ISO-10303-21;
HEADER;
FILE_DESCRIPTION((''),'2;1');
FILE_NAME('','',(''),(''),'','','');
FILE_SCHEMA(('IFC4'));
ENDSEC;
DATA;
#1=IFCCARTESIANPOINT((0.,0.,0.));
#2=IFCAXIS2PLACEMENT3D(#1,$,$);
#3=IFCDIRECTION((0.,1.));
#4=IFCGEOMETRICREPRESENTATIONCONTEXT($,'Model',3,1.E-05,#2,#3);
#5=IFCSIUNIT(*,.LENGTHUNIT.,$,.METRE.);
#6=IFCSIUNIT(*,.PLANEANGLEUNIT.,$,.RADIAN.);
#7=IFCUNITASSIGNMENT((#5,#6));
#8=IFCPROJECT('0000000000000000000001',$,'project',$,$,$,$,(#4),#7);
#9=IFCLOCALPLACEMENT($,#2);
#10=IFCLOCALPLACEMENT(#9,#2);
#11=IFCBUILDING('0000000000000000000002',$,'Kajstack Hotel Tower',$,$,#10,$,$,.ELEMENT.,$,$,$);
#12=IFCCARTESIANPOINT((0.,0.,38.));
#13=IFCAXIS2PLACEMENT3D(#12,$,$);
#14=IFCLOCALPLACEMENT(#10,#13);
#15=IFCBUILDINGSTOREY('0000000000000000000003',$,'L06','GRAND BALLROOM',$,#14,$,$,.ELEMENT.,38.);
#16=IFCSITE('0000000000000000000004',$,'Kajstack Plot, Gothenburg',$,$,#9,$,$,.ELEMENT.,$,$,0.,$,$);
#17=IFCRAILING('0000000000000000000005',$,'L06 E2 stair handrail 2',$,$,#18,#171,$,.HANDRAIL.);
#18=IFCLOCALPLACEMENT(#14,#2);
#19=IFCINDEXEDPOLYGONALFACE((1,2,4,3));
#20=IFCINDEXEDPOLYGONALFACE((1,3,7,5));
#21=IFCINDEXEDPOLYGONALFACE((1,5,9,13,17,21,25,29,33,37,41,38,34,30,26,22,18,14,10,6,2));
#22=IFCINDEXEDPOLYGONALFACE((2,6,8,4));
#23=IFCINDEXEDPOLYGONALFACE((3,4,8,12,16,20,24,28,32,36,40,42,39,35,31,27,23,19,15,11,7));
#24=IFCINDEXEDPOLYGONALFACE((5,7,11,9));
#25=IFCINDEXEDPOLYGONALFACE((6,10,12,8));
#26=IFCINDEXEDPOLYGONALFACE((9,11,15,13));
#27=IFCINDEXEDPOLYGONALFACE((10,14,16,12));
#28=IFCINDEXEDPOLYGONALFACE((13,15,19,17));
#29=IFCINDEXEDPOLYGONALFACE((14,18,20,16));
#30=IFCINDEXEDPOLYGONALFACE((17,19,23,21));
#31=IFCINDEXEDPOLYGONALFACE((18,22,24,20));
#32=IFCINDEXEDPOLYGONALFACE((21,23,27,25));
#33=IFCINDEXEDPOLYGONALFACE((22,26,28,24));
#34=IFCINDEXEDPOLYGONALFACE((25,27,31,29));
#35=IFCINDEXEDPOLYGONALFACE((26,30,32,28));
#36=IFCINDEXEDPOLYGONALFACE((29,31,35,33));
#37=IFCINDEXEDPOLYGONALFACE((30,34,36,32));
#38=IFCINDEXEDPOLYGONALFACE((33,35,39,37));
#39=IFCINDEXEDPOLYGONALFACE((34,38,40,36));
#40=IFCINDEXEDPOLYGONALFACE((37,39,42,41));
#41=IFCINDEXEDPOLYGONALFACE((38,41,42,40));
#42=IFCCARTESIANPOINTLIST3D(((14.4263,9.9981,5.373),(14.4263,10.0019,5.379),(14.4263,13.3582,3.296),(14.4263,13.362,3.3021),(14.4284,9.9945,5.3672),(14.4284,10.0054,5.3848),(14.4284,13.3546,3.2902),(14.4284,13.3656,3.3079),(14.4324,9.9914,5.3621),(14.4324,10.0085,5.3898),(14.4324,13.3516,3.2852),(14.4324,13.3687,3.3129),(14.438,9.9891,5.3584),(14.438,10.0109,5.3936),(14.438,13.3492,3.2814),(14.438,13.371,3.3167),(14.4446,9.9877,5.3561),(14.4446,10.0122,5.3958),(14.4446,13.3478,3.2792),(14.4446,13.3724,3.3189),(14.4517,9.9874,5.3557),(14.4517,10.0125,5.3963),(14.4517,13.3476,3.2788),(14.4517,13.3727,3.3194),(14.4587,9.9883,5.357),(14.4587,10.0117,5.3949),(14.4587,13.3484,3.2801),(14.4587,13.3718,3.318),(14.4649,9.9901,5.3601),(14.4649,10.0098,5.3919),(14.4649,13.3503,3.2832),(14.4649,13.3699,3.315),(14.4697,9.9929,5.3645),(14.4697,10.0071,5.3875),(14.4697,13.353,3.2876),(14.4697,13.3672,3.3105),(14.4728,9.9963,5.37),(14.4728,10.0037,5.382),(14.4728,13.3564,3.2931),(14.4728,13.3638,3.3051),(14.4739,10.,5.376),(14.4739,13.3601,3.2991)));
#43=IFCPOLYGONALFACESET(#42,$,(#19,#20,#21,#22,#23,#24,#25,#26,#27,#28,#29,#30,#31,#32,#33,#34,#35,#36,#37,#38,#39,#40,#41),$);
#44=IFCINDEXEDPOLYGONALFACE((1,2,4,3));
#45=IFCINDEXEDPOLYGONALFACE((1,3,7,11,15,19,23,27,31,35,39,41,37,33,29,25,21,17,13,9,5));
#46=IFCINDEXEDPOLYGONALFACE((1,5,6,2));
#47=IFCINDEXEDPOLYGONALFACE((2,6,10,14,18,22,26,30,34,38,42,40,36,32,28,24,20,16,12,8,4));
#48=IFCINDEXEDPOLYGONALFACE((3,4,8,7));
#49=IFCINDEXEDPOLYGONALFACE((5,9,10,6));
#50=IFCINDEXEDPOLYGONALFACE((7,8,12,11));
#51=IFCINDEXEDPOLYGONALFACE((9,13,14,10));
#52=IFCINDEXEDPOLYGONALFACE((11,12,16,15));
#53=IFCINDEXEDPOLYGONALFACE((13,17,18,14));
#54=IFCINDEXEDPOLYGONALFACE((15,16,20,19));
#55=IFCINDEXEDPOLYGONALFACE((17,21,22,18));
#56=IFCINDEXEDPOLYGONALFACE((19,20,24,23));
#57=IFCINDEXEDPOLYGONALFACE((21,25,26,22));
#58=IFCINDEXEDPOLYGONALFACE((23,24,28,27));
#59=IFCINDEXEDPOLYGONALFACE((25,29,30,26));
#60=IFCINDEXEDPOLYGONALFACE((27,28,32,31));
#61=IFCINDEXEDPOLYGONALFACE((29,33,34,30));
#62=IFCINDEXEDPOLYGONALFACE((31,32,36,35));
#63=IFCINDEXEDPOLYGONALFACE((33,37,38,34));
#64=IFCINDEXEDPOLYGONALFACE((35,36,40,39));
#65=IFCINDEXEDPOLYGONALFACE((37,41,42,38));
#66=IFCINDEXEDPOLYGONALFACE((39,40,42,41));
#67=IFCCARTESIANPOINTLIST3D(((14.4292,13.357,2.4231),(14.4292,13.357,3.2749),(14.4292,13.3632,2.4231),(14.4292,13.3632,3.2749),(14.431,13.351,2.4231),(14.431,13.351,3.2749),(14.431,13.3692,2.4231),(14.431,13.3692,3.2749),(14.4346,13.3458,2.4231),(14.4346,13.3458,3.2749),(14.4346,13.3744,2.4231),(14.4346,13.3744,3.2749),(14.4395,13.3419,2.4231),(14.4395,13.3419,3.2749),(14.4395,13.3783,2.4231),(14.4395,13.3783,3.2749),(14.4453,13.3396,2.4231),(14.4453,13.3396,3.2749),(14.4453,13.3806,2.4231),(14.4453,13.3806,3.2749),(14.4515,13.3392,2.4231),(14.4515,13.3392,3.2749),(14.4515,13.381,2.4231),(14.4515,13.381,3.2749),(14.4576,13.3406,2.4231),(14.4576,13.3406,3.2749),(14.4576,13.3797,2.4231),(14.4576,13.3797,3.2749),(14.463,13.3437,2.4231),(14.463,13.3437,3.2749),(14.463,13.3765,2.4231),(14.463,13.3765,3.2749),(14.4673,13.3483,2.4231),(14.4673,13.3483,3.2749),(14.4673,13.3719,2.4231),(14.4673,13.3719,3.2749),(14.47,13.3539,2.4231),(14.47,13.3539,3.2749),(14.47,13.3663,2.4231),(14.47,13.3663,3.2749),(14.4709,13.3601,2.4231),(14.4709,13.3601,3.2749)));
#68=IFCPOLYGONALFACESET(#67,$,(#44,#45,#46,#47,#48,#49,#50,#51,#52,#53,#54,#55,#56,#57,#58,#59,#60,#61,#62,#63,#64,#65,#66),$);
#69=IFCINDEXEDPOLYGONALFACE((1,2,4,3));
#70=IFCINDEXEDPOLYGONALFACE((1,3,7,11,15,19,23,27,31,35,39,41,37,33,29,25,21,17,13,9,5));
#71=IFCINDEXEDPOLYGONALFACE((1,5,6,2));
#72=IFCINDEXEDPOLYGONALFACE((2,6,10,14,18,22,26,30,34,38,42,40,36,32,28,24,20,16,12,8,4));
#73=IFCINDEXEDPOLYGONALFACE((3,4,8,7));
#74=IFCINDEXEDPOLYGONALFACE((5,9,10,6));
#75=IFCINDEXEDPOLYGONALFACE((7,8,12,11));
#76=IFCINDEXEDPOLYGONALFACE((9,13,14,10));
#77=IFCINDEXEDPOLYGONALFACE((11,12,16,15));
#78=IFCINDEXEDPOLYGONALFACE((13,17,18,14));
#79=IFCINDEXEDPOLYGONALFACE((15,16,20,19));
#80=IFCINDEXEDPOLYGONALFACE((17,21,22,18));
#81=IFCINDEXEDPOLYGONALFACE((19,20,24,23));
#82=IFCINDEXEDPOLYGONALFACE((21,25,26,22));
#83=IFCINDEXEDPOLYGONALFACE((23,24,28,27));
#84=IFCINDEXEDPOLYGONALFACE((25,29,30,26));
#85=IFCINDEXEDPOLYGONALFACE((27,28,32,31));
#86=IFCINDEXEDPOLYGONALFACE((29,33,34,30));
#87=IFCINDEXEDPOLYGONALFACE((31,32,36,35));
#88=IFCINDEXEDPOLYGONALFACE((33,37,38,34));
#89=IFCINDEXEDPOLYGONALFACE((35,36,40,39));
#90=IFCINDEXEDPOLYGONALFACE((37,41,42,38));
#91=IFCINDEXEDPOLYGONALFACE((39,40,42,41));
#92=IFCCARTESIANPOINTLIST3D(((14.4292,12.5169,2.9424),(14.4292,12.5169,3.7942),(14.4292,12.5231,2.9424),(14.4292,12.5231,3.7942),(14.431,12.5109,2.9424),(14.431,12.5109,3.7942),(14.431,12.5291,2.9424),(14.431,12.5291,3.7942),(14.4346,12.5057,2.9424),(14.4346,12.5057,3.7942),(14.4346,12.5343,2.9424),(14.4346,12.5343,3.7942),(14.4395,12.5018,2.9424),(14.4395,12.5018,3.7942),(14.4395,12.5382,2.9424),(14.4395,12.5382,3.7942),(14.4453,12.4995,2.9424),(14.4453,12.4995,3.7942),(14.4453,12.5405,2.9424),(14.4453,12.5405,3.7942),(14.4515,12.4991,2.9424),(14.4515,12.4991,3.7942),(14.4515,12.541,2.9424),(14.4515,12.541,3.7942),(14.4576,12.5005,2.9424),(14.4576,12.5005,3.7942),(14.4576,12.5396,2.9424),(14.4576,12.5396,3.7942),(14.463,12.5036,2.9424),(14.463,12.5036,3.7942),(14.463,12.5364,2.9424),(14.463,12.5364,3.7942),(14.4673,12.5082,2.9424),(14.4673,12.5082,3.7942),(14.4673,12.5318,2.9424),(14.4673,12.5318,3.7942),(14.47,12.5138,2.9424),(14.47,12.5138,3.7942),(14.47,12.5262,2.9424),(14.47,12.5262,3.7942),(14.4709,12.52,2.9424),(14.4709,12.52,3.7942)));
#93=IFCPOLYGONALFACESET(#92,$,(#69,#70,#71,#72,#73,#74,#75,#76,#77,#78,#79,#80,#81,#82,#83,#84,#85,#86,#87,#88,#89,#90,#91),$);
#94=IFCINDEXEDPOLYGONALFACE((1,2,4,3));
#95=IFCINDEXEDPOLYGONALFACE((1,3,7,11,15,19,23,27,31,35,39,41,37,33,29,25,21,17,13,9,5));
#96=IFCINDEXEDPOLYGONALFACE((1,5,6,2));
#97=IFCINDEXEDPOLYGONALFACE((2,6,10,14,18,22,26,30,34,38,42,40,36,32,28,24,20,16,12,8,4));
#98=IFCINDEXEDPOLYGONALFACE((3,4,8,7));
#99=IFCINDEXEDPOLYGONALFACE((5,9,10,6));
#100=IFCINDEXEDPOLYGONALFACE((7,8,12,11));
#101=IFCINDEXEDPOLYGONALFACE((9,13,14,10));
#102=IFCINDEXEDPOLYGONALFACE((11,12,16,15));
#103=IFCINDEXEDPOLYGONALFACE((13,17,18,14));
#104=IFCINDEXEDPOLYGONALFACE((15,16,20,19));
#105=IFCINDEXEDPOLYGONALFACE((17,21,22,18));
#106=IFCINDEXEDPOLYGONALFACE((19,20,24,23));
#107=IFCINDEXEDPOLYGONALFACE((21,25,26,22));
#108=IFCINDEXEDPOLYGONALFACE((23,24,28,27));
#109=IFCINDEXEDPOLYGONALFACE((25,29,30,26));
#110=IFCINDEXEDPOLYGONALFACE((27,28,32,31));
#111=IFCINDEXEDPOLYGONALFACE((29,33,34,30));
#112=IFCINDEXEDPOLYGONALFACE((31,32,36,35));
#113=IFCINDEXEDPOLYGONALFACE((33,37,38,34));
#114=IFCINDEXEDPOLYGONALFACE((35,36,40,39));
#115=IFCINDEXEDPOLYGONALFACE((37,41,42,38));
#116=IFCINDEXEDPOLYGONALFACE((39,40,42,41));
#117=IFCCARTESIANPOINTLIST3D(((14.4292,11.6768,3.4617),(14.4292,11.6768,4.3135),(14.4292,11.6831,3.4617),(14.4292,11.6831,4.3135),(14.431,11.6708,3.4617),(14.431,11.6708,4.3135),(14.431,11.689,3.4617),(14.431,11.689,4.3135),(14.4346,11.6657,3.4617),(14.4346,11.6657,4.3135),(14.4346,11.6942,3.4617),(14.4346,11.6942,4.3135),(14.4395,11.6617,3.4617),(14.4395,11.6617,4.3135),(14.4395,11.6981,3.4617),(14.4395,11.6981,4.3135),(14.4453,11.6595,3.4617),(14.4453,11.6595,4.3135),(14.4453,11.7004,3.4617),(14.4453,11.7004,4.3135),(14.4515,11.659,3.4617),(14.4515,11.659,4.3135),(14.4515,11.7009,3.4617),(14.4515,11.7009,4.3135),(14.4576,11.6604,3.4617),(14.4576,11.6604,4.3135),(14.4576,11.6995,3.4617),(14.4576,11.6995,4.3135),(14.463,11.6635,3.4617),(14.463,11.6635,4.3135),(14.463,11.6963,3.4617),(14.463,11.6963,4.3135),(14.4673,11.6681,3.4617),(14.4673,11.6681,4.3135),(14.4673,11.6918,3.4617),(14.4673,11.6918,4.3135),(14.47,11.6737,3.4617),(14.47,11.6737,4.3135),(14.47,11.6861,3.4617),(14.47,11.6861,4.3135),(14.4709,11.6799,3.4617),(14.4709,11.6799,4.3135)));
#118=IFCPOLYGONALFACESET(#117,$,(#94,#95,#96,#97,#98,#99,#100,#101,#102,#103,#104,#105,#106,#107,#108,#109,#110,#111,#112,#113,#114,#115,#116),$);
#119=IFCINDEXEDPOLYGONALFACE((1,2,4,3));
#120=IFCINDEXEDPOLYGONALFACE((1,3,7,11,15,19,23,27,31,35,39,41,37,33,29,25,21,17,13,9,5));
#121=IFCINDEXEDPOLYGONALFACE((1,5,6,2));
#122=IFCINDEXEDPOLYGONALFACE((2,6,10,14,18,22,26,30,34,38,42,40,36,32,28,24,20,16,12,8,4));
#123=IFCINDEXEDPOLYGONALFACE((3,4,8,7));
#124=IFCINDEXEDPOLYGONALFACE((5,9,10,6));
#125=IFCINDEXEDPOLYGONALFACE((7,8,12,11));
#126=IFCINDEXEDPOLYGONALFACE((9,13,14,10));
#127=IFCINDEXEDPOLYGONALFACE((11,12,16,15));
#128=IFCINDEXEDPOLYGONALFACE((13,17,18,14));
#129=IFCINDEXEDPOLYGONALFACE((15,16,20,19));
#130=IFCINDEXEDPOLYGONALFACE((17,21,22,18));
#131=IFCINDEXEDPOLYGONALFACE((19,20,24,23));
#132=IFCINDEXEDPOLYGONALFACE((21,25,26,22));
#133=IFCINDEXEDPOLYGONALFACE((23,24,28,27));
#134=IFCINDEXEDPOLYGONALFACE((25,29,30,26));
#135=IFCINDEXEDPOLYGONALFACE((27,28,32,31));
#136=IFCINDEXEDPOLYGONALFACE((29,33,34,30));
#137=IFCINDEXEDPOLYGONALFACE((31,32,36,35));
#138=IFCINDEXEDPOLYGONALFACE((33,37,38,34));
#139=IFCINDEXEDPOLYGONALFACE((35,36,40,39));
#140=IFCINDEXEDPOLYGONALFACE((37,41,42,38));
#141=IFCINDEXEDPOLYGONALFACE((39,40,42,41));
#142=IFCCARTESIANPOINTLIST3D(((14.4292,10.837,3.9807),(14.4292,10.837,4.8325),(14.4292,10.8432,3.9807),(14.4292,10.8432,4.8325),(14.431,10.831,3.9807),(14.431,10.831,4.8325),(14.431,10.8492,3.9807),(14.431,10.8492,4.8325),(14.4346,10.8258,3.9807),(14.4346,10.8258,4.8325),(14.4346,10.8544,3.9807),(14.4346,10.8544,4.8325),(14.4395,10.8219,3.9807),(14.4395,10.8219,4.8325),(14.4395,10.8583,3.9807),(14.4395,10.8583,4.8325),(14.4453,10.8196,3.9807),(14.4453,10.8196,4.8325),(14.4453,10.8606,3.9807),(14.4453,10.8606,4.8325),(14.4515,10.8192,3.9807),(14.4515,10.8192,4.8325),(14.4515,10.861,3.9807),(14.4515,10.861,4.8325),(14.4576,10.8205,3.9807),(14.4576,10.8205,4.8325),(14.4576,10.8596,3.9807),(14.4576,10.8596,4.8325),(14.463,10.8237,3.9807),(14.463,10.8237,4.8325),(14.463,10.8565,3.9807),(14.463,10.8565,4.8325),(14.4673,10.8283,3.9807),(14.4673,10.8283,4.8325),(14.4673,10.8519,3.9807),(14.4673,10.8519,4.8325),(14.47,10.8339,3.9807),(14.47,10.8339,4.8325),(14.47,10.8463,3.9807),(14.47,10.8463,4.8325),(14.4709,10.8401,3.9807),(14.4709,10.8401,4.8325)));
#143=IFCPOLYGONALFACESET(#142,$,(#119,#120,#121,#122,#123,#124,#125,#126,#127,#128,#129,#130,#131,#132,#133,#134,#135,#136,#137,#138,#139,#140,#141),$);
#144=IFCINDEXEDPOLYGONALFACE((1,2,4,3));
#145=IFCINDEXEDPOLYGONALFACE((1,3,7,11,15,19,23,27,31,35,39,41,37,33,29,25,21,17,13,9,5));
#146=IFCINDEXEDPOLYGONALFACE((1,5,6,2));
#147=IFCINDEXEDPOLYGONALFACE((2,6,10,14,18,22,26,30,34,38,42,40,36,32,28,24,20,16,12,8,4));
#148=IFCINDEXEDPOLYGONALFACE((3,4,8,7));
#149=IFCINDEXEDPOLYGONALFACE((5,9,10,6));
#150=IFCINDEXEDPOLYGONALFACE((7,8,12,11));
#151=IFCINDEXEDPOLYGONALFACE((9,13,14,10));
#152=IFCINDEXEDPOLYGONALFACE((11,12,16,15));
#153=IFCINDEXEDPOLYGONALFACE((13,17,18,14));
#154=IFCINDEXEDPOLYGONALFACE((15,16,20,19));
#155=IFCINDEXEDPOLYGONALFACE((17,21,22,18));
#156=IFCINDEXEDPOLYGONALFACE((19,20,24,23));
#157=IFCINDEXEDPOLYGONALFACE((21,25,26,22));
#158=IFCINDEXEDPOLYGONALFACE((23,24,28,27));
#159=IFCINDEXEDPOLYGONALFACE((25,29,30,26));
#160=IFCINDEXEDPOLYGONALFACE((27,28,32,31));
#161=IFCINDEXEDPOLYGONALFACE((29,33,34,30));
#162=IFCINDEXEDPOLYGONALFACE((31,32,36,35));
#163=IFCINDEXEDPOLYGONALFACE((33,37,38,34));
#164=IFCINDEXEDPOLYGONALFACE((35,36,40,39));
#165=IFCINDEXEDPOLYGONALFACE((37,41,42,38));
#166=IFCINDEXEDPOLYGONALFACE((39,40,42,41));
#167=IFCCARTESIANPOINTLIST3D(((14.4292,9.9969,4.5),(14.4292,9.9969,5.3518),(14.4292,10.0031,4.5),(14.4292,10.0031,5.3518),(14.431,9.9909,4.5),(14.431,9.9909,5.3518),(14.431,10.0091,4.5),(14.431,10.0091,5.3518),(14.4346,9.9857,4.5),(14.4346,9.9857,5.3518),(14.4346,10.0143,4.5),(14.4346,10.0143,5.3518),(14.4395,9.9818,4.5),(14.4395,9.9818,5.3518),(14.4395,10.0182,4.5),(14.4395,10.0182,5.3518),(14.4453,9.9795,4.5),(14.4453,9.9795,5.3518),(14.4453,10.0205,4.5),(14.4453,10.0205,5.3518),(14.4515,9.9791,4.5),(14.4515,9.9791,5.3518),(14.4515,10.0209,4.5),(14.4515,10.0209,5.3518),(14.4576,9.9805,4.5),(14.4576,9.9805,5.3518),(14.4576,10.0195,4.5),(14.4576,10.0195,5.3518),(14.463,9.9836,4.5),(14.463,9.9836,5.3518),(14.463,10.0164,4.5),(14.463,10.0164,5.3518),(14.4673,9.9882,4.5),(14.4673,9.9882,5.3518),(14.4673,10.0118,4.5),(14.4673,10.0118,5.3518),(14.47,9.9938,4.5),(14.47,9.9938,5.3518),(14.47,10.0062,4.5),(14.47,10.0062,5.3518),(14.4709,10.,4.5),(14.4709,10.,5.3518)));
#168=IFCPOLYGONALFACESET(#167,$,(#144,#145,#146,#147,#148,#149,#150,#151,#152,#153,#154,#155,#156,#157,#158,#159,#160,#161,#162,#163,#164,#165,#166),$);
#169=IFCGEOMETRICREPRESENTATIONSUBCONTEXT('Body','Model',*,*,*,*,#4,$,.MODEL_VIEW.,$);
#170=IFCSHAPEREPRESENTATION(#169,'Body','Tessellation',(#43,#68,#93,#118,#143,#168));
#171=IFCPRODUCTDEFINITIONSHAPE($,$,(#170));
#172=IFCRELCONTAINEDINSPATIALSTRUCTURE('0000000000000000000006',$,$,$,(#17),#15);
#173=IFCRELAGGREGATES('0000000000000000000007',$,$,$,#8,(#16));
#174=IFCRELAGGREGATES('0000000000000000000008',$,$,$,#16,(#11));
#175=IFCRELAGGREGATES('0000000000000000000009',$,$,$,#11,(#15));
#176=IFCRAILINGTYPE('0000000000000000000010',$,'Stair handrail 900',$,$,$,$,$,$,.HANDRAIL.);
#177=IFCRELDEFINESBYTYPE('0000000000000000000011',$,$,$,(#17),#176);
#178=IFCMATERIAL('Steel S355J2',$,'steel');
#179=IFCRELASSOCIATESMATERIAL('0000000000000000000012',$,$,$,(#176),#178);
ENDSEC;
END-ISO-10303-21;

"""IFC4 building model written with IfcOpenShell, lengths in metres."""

from ifc_helpers import new_model, si_unit, direction, frame, origin, origin_2d, place, context, subcontext, project, spatial, circle, extrude, material, type_object, element, save


model = new_model("IFC4")

# Units and contexts
model_context = context("Model", 3, precision=1e-05, world=origin(), true_north=direction((0.0, 1.0)))
body_context = subcontext(model_context, "Body", "Model", "MODEL_VIEW")
ifc_project = project(units=[si_unit("LENGTHUNIT", "METRE"), si_unit("PLANEANGLEUNIT", "RADIAN")], contexts=[model_context])

# Site, building, storey
site_placement = place(None, origin())
site = spatial("IfcSite", under=ifc_project, at=site_placement, Name="Kajstack Plot, Gothenburg", CompositionType="ELEMENT", RefElevation=0.0)
building_placement = place(site_placement, origin())
building = spatial("IfcBuilding", under=site, at=building_placement, Name="Kajstack Hotel Tower", CompositionType="ELEMENT")
storey_placement = place(building_placement, frame((0.0, 0.0, 38.0)))
storey = spatial("IfcBuildingStorey", under=building, at=storey_placement, Name="L06", Description="GRAND BALLROOM", CompositionType="ELEMENT", Elevation=38.0)

# Railing
ifc_material_1 = material(Name="Steel S355J2", Category="steel")
railing_type = type_object("IfcRailingType", Name="Stair handrail 900", PredefinedType="HANDRAIL", material=ifc_material_1)
for number, where, name in (
    (1, (14.45, 13.3601, 2.4231), "L06 E2 stair handrail 2"),
):
    element("IfcRailing", number, at=place(storey_placement, frame(where)), inside=storey, type_object=railing_type, Name=name, PredefinedType="HANDRAIL", context=body_context, shape_type="SweptSolid", body=[
        extrude(circle(Radius=0.0239, at=origin_2d()), frame((0.0, 0.0, 0.876), z_axis=(0.0, -0.850623, 0.525776), x_axis=(1.0, 0.0, 0.0)), (0.0, 0.0, 1.0), 3.9502),
        extrude(circle(Radius=0.021, at=origin_2d()), origin(), (0.0, 0.0, 1.0), 0.8518),
        extrude(circle(Radius=0.021, at=origin_2d()), frame((0.0, -0.8401, 0.5193)), (0.0, 0.0, 1.0), 0.8518),
        extrude(circle(Radius=0.021, at=origin_2d()), frame((0.0, -1.6802, 1.0386)), (0.0, 0.0, 1.0), 0.8518),
        extrude(circle(Radius=0.021, at=origin_2d()), frame((0.0, -2.52, 1.5576)), (0.0, 0.0, 1.0), 0.8518),
        extrude(circle(Radius=0.021, at=origin_2d()), frame((0.0, -3.3601, 2.0769)), (0.0, 0.0, 1.0), 0.8518),
    ])

save(model, "model.ifc")
